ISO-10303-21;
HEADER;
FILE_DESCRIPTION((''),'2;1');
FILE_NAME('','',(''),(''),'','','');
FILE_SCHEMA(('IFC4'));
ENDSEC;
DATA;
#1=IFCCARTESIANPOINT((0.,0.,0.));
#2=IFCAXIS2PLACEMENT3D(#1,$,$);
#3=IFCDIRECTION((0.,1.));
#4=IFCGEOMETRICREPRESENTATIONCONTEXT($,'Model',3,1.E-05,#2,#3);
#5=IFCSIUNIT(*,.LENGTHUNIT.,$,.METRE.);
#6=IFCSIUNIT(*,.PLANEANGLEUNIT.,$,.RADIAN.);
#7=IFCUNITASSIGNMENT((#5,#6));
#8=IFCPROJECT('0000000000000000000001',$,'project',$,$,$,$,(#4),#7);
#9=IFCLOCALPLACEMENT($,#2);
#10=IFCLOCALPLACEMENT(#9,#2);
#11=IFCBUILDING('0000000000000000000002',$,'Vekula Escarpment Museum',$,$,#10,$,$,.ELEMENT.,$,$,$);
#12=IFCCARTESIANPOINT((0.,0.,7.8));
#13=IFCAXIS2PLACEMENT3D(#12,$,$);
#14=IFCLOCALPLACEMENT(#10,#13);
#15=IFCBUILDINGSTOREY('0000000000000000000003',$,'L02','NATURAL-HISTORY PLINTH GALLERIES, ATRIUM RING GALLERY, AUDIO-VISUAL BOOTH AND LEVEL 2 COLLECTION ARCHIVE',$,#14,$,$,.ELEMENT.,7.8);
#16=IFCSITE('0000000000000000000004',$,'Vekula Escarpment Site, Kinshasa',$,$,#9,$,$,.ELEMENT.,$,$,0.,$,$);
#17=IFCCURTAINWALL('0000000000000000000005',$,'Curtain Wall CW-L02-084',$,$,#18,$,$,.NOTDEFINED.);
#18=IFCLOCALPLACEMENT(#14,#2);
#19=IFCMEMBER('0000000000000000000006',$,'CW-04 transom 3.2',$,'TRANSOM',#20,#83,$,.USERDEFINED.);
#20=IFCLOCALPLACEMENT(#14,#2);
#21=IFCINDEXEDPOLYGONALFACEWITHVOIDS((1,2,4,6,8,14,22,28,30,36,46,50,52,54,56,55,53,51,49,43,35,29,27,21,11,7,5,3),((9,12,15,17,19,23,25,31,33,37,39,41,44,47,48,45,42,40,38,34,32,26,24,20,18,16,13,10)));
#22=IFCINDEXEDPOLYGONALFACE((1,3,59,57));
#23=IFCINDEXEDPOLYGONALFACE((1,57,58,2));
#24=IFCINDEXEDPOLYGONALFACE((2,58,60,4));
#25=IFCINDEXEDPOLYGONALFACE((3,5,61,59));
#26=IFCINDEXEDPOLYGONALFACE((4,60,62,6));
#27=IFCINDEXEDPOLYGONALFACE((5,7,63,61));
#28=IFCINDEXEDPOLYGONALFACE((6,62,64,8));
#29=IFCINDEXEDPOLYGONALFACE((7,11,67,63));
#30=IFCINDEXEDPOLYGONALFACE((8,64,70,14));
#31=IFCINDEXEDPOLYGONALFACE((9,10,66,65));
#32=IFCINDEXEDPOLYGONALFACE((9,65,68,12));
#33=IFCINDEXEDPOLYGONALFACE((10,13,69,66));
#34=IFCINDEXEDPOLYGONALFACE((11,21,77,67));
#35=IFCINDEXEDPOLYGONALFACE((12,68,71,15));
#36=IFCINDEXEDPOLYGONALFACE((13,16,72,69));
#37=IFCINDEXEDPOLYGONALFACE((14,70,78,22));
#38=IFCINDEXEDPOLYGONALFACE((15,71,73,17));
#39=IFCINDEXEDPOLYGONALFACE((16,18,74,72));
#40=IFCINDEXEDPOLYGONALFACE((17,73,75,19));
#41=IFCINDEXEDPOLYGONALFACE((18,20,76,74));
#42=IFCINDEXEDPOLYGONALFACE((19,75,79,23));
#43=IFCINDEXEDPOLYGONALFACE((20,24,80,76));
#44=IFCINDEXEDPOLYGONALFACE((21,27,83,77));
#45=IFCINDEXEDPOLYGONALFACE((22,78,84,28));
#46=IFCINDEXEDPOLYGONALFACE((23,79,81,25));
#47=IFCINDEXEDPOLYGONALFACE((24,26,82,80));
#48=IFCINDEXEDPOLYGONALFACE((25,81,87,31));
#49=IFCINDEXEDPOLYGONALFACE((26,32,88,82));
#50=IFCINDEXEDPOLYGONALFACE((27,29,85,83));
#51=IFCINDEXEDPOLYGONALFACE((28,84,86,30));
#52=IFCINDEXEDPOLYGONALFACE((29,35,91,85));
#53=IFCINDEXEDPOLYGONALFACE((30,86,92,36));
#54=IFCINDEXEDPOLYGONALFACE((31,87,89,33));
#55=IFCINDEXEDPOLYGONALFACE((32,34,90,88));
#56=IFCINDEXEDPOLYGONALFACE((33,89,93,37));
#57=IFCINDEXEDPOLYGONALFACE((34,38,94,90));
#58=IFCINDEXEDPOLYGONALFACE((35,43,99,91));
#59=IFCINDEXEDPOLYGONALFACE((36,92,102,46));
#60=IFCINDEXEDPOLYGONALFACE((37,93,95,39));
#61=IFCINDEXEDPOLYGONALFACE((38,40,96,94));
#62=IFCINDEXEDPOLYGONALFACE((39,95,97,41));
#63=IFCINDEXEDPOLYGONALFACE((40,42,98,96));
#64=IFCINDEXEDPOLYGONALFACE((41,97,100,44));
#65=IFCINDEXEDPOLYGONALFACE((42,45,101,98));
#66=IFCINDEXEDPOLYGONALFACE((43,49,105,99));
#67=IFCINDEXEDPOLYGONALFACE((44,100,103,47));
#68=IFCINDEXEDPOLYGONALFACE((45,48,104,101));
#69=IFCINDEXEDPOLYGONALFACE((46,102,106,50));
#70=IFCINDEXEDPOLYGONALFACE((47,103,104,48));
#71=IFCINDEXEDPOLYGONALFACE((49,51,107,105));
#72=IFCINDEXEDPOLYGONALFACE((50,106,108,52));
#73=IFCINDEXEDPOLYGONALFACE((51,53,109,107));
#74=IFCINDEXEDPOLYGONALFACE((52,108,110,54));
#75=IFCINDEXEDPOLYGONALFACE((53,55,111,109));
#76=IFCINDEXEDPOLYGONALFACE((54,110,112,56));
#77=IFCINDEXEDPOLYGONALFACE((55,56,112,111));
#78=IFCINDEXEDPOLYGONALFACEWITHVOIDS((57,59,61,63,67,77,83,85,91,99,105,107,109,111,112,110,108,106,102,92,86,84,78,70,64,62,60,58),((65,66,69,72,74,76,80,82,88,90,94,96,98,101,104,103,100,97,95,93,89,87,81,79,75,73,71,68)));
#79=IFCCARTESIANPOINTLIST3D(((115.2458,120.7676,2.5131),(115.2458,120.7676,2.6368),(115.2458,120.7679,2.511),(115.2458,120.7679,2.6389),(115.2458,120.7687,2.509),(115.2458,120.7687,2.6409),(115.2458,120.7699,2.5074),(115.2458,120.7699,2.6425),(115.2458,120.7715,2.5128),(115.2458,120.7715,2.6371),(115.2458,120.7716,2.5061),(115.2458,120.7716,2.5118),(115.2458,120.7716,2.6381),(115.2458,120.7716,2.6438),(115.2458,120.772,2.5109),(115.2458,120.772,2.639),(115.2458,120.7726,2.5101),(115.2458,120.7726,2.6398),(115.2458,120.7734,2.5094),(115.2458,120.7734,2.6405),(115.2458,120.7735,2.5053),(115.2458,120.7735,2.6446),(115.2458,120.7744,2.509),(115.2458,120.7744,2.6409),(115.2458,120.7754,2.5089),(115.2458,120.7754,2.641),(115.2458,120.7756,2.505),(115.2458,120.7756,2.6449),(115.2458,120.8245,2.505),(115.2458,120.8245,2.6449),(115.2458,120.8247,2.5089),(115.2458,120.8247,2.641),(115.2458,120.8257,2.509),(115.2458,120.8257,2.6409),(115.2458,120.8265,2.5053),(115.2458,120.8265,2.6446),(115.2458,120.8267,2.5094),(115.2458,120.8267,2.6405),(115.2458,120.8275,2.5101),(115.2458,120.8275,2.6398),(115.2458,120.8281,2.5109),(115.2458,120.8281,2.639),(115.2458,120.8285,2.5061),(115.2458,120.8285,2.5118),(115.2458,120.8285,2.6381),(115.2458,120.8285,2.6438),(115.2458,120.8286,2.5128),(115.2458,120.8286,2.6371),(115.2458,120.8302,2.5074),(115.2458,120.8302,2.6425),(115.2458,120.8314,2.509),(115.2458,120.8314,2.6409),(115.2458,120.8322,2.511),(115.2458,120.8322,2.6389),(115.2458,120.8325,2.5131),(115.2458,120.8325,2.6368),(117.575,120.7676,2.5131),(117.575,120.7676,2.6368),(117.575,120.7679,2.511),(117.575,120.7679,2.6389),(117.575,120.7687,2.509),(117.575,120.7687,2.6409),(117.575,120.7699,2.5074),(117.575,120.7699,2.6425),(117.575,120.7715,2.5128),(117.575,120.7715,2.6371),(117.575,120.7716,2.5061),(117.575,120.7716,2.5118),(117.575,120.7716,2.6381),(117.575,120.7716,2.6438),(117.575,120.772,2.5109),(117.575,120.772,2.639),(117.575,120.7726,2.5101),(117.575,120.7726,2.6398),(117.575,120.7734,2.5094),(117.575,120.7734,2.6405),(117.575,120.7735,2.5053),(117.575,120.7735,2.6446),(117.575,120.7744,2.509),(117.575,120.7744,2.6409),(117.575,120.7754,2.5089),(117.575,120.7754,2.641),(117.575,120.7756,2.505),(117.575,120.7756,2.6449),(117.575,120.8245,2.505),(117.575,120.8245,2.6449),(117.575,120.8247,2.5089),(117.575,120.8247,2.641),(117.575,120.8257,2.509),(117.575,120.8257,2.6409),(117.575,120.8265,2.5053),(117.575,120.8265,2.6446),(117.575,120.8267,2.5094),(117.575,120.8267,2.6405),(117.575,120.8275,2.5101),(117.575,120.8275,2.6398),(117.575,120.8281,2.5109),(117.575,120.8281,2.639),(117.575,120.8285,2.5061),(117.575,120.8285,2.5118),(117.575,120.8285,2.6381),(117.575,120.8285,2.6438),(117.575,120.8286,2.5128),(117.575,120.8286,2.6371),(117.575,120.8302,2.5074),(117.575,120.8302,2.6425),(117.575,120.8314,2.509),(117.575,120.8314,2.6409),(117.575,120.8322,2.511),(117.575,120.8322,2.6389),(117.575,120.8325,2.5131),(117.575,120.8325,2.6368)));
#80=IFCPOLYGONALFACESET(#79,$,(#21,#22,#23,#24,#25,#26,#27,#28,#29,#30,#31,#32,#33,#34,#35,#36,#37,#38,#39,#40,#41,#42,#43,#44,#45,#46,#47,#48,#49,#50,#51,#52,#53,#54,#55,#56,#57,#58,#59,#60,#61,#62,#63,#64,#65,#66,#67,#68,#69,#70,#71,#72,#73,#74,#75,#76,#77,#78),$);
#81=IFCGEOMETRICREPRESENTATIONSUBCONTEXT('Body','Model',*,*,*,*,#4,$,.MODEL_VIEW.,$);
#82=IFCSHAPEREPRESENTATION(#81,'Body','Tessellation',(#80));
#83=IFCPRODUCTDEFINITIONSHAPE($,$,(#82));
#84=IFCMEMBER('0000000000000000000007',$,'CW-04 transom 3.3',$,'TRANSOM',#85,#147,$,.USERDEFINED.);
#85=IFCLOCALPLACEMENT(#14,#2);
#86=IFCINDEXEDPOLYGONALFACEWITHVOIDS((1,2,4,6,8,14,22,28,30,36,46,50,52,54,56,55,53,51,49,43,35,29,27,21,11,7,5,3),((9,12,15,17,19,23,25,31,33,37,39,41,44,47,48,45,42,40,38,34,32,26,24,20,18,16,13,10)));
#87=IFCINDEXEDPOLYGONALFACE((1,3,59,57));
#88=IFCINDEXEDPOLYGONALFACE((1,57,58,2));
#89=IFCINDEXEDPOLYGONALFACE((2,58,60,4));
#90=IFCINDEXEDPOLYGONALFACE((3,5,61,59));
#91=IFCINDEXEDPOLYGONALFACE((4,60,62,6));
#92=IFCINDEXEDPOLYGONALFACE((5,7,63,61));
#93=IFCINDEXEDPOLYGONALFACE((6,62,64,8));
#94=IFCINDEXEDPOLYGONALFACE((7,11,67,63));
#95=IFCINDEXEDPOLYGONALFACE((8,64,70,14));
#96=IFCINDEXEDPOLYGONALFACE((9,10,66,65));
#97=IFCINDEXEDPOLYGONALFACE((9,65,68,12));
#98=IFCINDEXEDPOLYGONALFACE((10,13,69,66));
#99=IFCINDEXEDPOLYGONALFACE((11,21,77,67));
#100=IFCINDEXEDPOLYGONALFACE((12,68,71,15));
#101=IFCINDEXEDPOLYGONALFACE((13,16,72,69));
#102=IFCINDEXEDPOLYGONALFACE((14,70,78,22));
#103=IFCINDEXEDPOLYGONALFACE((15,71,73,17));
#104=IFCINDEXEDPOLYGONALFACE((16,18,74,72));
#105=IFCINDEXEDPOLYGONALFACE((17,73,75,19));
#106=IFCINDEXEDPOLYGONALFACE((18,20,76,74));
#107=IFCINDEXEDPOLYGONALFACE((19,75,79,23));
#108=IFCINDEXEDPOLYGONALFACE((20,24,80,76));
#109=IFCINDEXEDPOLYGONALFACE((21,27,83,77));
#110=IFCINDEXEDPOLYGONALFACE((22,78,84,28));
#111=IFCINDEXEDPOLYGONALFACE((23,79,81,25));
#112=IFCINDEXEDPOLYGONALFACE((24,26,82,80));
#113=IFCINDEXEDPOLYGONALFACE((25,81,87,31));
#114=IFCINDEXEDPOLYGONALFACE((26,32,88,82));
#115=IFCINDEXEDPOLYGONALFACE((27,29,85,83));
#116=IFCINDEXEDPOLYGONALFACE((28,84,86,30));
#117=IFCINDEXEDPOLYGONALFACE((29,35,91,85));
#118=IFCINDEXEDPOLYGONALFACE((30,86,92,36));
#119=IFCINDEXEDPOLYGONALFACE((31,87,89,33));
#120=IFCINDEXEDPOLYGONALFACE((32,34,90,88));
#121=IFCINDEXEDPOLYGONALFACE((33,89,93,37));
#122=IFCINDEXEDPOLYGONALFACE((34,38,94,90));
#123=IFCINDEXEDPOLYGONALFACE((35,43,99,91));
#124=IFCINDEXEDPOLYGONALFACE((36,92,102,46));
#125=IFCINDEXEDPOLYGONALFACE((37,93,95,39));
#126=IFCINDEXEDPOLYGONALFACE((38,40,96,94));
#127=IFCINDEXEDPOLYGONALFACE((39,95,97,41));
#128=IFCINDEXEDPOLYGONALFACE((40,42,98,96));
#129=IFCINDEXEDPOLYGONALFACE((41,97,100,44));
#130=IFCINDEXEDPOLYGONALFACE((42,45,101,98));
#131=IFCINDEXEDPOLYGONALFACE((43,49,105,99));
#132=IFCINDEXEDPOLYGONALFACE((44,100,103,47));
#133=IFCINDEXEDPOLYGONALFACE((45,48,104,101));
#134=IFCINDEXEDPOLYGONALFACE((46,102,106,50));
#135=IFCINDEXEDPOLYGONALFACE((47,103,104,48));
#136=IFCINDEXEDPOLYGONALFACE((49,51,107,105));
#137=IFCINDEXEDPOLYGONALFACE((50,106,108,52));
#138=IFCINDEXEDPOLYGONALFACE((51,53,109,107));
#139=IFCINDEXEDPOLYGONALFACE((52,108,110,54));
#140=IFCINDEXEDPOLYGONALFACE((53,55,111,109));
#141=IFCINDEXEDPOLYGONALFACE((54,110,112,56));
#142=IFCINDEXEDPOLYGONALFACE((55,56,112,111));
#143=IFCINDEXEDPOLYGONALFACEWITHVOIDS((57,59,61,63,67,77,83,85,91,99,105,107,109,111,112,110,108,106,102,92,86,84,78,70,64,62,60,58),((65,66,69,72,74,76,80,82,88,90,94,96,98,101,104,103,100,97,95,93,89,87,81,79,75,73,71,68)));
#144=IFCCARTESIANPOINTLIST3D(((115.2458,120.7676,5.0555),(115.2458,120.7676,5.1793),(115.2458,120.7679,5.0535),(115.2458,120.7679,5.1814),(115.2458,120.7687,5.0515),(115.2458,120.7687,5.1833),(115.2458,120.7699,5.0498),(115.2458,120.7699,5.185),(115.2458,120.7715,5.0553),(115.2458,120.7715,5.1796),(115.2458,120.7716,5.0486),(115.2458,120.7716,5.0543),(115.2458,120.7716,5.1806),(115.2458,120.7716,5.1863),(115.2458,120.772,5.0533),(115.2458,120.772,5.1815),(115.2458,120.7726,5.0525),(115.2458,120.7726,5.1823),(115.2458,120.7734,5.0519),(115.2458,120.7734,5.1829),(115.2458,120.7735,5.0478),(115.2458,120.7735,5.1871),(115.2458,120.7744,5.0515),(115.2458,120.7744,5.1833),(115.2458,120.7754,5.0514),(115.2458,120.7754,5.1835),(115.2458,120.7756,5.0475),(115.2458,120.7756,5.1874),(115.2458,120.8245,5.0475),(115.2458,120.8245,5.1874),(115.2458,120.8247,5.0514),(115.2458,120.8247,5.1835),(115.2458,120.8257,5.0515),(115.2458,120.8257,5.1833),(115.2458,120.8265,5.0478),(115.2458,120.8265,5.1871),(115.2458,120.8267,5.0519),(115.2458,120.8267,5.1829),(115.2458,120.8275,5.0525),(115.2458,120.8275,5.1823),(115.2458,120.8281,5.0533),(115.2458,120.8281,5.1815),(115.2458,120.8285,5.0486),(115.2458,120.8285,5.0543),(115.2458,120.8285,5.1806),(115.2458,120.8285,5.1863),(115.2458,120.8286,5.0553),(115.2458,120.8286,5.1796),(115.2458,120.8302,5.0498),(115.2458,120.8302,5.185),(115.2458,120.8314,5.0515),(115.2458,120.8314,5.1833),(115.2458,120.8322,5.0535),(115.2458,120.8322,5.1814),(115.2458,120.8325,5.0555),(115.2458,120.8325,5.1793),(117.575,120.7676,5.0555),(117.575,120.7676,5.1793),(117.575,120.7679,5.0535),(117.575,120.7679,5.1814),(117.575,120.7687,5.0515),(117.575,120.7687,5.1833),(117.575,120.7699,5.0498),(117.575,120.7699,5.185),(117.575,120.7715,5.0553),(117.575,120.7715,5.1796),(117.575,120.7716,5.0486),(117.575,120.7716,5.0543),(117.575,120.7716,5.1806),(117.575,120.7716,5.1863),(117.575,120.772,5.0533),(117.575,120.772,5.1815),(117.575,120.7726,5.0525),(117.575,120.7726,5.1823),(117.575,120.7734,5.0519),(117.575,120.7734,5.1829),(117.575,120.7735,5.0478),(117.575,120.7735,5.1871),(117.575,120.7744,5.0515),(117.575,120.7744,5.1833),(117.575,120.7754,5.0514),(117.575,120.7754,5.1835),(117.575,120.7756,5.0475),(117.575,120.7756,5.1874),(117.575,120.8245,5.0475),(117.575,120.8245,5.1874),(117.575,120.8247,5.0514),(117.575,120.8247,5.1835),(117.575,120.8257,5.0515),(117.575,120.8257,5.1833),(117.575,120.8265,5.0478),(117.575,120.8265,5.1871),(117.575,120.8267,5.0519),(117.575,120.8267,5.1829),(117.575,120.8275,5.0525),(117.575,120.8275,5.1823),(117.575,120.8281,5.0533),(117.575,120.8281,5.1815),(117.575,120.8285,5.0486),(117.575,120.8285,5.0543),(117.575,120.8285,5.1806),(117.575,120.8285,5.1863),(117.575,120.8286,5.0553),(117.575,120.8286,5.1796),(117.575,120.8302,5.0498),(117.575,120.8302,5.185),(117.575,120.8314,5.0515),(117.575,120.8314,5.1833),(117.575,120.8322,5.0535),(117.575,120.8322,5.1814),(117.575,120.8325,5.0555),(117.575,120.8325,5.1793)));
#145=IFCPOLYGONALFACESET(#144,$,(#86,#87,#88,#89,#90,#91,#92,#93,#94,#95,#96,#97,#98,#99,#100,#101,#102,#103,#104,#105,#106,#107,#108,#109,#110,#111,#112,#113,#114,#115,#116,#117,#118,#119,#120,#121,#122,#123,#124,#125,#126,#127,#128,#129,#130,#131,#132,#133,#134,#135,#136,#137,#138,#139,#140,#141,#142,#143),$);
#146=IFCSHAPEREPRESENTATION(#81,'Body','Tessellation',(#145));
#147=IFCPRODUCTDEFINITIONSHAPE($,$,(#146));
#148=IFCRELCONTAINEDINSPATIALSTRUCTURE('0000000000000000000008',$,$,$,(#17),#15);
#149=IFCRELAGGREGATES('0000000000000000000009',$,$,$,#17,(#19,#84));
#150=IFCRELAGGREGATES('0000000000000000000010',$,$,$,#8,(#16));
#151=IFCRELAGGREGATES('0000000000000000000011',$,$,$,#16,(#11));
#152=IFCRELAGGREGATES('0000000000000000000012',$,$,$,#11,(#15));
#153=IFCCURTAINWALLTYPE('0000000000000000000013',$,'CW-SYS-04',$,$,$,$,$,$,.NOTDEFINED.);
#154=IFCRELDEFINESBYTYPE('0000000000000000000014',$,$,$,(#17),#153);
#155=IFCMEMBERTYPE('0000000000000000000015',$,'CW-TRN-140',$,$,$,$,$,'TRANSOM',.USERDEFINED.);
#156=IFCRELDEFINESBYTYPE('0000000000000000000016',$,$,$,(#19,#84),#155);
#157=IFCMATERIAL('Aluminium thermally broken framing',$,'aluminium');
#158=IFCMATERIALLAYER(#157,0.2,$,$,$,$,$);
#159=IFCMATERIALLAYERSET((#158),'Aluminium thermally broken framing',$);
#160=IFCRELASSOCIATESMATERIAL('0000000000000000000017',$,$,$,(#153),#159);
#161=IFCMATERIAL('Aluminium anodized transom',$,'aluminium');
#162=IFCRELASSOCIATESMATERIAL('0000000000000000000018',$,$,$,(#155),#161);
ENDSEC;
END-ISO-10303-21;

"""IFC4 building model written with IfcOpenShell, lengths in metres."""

from ifc_helpers import new_model, si_unit, direction, frame, origin, origin_2d, place, context, subcontext, project, spatial, hollow_rectangle, extrude, material, layer, layer_set, material_profile, profile_set, type_object, element, aggregate, save


model = new_model("IFC4")

# Units and contexts
model_context = context("Model", 3, precision=1e-05, world=origin(), true_north=direction((0.0, 1.0)))
body_context = subcontext(model_context, "Body", "Model", "MODEL_VIEW")
ifc_project = project(units=[si_unit("LENGTHUNIT", "METRE"), si_unit("PLANEANGLEUNIT", "RADIAN")], contexts=[model_context])

# Site, building, storey
site_placement = place(None, origin())
site = spatial("IfcSite", under=ifc_project, at=site_placement, Name="Vekula Escarpment Site, Kinshasa", CompositionType="ELEMENT", RefElevation=0.0)
building_placement = place(site_placement, origin())
building = spatial("IfcBuilding", under=site, at=building_placement, Name="Vekula Escarpment Museum", CompositionType="ELEMENT")
storey_placement = place(building_placement, frame((0.0, 0.0, 7.8)))
storey = spatial("IfcBuildingStorey", under=building, at=storey_placement, Name="L02", Description="NATURAL-HISTORY PLINTH GALLERIES, ATRIUM RING GALLERY, AUDIO-VISUAL BOOTH AND LEVEL 2 COLLECTION ARCHIVE", CompositionType="ELEMENT", Elevation=7.8)

# Curtain wall, members
ifc_material_1 = material(Name="Aluminium thermally broken framing", Category="aluminium")
ifc_layer_1 = layer(ifc_material_1, 0.2)
ifc_layer_set_1 = layer_set([ifc_layer_1], Name="Aluminium thermally broken framing")
curtain_wall_type = type_object("IfcCurtainWallType", Name="CW-SYS-04", PredefinedType="NOTDEFINED", material=ifc_layer_set_1)
curtain_wall_placement = place(storey_placement, origin())
curtain_wall = element("IfcCurtainWall", 1, at=curtain_wall_placement, inside=storey, type_object=curtain_wall_type, Name="Curtain Wall CW-L02-084", PredefinedType="NOTDEFINED")
ifc_material_2 = material(Name="Aluminium anodized transom", Category="aluminium")
ifc_material_profile_1 = material_profile(ifc_material_2, hollow_rectangle(XDim=0.0649, YDim=0.1399, WallThickness=0.0039, InnerFilletRadius=0.0039, OuterFilletRadius=0.0081, at=origin_2d()), Name="ALU 140x65x4")
ifc_profile_set_1 = profile_set([ifc_material_profile_1], Name="Aluminium anodized transom")
member_type_1 = type_object("IfcMemberType", Name="CW-TRN-140", ElementType="TRANSOM", PredefinedType="USERDEFINED", material=ifc_profile_set_1)
member_1_placement = place(storey_placement, frame((115.2458, 120.8, 2.575), z_axis=(1.0, 0.0, 0.0), x_axis=(0.0, 1.0, 0.0)))
member_1 = element("IfcMember", 2, at=member_1_placement, type_object=member_type_1, Name="CW-04 transom 3.2", ObjectType="TRANSOM", PredefinedType="USERDEFINED", context=body_context, shape_type="SweptSolid", body=[
    extrude(hollow_rectangle(XDim=0.0649, YDim=0.1399, WallThickness=0.0039, InnerFilletRadius=0.0039, OuterFilletRadius=0.0081, at=origin_2d()), origin(), (0.0, 0.0, 1.0), 2.3291),
])
member_2_placement = place(storey_placement, frame((115.2458, 120.8, 5.1174), z_axis=(1.0, 0.0, 0.0), x_axis=(0.0, 1.0, 0.0)))
member_2 = element("IfcMember", 3, at=member_2_placement, type_object=member_type_1, Name="CW-04 transom 3.3", ObjectType="TRANSOM", PredefinedType="USERDEFINED", context=body_context, shape_type="SweptSolid", body=[
    extrude(hollow_rectangle(XDim=0.0649, YDim=0.1399, WallThickness=0.0039, InnerFilletRadius=0.0039, OuterFilletRadius=0.0081, at=origin_2d()), origin(), (0.0, 0.0, 1.0), 2.3291),
])

aggregate(curtain_wall, [member_1, member_2])

save(model, "model.ifc")
